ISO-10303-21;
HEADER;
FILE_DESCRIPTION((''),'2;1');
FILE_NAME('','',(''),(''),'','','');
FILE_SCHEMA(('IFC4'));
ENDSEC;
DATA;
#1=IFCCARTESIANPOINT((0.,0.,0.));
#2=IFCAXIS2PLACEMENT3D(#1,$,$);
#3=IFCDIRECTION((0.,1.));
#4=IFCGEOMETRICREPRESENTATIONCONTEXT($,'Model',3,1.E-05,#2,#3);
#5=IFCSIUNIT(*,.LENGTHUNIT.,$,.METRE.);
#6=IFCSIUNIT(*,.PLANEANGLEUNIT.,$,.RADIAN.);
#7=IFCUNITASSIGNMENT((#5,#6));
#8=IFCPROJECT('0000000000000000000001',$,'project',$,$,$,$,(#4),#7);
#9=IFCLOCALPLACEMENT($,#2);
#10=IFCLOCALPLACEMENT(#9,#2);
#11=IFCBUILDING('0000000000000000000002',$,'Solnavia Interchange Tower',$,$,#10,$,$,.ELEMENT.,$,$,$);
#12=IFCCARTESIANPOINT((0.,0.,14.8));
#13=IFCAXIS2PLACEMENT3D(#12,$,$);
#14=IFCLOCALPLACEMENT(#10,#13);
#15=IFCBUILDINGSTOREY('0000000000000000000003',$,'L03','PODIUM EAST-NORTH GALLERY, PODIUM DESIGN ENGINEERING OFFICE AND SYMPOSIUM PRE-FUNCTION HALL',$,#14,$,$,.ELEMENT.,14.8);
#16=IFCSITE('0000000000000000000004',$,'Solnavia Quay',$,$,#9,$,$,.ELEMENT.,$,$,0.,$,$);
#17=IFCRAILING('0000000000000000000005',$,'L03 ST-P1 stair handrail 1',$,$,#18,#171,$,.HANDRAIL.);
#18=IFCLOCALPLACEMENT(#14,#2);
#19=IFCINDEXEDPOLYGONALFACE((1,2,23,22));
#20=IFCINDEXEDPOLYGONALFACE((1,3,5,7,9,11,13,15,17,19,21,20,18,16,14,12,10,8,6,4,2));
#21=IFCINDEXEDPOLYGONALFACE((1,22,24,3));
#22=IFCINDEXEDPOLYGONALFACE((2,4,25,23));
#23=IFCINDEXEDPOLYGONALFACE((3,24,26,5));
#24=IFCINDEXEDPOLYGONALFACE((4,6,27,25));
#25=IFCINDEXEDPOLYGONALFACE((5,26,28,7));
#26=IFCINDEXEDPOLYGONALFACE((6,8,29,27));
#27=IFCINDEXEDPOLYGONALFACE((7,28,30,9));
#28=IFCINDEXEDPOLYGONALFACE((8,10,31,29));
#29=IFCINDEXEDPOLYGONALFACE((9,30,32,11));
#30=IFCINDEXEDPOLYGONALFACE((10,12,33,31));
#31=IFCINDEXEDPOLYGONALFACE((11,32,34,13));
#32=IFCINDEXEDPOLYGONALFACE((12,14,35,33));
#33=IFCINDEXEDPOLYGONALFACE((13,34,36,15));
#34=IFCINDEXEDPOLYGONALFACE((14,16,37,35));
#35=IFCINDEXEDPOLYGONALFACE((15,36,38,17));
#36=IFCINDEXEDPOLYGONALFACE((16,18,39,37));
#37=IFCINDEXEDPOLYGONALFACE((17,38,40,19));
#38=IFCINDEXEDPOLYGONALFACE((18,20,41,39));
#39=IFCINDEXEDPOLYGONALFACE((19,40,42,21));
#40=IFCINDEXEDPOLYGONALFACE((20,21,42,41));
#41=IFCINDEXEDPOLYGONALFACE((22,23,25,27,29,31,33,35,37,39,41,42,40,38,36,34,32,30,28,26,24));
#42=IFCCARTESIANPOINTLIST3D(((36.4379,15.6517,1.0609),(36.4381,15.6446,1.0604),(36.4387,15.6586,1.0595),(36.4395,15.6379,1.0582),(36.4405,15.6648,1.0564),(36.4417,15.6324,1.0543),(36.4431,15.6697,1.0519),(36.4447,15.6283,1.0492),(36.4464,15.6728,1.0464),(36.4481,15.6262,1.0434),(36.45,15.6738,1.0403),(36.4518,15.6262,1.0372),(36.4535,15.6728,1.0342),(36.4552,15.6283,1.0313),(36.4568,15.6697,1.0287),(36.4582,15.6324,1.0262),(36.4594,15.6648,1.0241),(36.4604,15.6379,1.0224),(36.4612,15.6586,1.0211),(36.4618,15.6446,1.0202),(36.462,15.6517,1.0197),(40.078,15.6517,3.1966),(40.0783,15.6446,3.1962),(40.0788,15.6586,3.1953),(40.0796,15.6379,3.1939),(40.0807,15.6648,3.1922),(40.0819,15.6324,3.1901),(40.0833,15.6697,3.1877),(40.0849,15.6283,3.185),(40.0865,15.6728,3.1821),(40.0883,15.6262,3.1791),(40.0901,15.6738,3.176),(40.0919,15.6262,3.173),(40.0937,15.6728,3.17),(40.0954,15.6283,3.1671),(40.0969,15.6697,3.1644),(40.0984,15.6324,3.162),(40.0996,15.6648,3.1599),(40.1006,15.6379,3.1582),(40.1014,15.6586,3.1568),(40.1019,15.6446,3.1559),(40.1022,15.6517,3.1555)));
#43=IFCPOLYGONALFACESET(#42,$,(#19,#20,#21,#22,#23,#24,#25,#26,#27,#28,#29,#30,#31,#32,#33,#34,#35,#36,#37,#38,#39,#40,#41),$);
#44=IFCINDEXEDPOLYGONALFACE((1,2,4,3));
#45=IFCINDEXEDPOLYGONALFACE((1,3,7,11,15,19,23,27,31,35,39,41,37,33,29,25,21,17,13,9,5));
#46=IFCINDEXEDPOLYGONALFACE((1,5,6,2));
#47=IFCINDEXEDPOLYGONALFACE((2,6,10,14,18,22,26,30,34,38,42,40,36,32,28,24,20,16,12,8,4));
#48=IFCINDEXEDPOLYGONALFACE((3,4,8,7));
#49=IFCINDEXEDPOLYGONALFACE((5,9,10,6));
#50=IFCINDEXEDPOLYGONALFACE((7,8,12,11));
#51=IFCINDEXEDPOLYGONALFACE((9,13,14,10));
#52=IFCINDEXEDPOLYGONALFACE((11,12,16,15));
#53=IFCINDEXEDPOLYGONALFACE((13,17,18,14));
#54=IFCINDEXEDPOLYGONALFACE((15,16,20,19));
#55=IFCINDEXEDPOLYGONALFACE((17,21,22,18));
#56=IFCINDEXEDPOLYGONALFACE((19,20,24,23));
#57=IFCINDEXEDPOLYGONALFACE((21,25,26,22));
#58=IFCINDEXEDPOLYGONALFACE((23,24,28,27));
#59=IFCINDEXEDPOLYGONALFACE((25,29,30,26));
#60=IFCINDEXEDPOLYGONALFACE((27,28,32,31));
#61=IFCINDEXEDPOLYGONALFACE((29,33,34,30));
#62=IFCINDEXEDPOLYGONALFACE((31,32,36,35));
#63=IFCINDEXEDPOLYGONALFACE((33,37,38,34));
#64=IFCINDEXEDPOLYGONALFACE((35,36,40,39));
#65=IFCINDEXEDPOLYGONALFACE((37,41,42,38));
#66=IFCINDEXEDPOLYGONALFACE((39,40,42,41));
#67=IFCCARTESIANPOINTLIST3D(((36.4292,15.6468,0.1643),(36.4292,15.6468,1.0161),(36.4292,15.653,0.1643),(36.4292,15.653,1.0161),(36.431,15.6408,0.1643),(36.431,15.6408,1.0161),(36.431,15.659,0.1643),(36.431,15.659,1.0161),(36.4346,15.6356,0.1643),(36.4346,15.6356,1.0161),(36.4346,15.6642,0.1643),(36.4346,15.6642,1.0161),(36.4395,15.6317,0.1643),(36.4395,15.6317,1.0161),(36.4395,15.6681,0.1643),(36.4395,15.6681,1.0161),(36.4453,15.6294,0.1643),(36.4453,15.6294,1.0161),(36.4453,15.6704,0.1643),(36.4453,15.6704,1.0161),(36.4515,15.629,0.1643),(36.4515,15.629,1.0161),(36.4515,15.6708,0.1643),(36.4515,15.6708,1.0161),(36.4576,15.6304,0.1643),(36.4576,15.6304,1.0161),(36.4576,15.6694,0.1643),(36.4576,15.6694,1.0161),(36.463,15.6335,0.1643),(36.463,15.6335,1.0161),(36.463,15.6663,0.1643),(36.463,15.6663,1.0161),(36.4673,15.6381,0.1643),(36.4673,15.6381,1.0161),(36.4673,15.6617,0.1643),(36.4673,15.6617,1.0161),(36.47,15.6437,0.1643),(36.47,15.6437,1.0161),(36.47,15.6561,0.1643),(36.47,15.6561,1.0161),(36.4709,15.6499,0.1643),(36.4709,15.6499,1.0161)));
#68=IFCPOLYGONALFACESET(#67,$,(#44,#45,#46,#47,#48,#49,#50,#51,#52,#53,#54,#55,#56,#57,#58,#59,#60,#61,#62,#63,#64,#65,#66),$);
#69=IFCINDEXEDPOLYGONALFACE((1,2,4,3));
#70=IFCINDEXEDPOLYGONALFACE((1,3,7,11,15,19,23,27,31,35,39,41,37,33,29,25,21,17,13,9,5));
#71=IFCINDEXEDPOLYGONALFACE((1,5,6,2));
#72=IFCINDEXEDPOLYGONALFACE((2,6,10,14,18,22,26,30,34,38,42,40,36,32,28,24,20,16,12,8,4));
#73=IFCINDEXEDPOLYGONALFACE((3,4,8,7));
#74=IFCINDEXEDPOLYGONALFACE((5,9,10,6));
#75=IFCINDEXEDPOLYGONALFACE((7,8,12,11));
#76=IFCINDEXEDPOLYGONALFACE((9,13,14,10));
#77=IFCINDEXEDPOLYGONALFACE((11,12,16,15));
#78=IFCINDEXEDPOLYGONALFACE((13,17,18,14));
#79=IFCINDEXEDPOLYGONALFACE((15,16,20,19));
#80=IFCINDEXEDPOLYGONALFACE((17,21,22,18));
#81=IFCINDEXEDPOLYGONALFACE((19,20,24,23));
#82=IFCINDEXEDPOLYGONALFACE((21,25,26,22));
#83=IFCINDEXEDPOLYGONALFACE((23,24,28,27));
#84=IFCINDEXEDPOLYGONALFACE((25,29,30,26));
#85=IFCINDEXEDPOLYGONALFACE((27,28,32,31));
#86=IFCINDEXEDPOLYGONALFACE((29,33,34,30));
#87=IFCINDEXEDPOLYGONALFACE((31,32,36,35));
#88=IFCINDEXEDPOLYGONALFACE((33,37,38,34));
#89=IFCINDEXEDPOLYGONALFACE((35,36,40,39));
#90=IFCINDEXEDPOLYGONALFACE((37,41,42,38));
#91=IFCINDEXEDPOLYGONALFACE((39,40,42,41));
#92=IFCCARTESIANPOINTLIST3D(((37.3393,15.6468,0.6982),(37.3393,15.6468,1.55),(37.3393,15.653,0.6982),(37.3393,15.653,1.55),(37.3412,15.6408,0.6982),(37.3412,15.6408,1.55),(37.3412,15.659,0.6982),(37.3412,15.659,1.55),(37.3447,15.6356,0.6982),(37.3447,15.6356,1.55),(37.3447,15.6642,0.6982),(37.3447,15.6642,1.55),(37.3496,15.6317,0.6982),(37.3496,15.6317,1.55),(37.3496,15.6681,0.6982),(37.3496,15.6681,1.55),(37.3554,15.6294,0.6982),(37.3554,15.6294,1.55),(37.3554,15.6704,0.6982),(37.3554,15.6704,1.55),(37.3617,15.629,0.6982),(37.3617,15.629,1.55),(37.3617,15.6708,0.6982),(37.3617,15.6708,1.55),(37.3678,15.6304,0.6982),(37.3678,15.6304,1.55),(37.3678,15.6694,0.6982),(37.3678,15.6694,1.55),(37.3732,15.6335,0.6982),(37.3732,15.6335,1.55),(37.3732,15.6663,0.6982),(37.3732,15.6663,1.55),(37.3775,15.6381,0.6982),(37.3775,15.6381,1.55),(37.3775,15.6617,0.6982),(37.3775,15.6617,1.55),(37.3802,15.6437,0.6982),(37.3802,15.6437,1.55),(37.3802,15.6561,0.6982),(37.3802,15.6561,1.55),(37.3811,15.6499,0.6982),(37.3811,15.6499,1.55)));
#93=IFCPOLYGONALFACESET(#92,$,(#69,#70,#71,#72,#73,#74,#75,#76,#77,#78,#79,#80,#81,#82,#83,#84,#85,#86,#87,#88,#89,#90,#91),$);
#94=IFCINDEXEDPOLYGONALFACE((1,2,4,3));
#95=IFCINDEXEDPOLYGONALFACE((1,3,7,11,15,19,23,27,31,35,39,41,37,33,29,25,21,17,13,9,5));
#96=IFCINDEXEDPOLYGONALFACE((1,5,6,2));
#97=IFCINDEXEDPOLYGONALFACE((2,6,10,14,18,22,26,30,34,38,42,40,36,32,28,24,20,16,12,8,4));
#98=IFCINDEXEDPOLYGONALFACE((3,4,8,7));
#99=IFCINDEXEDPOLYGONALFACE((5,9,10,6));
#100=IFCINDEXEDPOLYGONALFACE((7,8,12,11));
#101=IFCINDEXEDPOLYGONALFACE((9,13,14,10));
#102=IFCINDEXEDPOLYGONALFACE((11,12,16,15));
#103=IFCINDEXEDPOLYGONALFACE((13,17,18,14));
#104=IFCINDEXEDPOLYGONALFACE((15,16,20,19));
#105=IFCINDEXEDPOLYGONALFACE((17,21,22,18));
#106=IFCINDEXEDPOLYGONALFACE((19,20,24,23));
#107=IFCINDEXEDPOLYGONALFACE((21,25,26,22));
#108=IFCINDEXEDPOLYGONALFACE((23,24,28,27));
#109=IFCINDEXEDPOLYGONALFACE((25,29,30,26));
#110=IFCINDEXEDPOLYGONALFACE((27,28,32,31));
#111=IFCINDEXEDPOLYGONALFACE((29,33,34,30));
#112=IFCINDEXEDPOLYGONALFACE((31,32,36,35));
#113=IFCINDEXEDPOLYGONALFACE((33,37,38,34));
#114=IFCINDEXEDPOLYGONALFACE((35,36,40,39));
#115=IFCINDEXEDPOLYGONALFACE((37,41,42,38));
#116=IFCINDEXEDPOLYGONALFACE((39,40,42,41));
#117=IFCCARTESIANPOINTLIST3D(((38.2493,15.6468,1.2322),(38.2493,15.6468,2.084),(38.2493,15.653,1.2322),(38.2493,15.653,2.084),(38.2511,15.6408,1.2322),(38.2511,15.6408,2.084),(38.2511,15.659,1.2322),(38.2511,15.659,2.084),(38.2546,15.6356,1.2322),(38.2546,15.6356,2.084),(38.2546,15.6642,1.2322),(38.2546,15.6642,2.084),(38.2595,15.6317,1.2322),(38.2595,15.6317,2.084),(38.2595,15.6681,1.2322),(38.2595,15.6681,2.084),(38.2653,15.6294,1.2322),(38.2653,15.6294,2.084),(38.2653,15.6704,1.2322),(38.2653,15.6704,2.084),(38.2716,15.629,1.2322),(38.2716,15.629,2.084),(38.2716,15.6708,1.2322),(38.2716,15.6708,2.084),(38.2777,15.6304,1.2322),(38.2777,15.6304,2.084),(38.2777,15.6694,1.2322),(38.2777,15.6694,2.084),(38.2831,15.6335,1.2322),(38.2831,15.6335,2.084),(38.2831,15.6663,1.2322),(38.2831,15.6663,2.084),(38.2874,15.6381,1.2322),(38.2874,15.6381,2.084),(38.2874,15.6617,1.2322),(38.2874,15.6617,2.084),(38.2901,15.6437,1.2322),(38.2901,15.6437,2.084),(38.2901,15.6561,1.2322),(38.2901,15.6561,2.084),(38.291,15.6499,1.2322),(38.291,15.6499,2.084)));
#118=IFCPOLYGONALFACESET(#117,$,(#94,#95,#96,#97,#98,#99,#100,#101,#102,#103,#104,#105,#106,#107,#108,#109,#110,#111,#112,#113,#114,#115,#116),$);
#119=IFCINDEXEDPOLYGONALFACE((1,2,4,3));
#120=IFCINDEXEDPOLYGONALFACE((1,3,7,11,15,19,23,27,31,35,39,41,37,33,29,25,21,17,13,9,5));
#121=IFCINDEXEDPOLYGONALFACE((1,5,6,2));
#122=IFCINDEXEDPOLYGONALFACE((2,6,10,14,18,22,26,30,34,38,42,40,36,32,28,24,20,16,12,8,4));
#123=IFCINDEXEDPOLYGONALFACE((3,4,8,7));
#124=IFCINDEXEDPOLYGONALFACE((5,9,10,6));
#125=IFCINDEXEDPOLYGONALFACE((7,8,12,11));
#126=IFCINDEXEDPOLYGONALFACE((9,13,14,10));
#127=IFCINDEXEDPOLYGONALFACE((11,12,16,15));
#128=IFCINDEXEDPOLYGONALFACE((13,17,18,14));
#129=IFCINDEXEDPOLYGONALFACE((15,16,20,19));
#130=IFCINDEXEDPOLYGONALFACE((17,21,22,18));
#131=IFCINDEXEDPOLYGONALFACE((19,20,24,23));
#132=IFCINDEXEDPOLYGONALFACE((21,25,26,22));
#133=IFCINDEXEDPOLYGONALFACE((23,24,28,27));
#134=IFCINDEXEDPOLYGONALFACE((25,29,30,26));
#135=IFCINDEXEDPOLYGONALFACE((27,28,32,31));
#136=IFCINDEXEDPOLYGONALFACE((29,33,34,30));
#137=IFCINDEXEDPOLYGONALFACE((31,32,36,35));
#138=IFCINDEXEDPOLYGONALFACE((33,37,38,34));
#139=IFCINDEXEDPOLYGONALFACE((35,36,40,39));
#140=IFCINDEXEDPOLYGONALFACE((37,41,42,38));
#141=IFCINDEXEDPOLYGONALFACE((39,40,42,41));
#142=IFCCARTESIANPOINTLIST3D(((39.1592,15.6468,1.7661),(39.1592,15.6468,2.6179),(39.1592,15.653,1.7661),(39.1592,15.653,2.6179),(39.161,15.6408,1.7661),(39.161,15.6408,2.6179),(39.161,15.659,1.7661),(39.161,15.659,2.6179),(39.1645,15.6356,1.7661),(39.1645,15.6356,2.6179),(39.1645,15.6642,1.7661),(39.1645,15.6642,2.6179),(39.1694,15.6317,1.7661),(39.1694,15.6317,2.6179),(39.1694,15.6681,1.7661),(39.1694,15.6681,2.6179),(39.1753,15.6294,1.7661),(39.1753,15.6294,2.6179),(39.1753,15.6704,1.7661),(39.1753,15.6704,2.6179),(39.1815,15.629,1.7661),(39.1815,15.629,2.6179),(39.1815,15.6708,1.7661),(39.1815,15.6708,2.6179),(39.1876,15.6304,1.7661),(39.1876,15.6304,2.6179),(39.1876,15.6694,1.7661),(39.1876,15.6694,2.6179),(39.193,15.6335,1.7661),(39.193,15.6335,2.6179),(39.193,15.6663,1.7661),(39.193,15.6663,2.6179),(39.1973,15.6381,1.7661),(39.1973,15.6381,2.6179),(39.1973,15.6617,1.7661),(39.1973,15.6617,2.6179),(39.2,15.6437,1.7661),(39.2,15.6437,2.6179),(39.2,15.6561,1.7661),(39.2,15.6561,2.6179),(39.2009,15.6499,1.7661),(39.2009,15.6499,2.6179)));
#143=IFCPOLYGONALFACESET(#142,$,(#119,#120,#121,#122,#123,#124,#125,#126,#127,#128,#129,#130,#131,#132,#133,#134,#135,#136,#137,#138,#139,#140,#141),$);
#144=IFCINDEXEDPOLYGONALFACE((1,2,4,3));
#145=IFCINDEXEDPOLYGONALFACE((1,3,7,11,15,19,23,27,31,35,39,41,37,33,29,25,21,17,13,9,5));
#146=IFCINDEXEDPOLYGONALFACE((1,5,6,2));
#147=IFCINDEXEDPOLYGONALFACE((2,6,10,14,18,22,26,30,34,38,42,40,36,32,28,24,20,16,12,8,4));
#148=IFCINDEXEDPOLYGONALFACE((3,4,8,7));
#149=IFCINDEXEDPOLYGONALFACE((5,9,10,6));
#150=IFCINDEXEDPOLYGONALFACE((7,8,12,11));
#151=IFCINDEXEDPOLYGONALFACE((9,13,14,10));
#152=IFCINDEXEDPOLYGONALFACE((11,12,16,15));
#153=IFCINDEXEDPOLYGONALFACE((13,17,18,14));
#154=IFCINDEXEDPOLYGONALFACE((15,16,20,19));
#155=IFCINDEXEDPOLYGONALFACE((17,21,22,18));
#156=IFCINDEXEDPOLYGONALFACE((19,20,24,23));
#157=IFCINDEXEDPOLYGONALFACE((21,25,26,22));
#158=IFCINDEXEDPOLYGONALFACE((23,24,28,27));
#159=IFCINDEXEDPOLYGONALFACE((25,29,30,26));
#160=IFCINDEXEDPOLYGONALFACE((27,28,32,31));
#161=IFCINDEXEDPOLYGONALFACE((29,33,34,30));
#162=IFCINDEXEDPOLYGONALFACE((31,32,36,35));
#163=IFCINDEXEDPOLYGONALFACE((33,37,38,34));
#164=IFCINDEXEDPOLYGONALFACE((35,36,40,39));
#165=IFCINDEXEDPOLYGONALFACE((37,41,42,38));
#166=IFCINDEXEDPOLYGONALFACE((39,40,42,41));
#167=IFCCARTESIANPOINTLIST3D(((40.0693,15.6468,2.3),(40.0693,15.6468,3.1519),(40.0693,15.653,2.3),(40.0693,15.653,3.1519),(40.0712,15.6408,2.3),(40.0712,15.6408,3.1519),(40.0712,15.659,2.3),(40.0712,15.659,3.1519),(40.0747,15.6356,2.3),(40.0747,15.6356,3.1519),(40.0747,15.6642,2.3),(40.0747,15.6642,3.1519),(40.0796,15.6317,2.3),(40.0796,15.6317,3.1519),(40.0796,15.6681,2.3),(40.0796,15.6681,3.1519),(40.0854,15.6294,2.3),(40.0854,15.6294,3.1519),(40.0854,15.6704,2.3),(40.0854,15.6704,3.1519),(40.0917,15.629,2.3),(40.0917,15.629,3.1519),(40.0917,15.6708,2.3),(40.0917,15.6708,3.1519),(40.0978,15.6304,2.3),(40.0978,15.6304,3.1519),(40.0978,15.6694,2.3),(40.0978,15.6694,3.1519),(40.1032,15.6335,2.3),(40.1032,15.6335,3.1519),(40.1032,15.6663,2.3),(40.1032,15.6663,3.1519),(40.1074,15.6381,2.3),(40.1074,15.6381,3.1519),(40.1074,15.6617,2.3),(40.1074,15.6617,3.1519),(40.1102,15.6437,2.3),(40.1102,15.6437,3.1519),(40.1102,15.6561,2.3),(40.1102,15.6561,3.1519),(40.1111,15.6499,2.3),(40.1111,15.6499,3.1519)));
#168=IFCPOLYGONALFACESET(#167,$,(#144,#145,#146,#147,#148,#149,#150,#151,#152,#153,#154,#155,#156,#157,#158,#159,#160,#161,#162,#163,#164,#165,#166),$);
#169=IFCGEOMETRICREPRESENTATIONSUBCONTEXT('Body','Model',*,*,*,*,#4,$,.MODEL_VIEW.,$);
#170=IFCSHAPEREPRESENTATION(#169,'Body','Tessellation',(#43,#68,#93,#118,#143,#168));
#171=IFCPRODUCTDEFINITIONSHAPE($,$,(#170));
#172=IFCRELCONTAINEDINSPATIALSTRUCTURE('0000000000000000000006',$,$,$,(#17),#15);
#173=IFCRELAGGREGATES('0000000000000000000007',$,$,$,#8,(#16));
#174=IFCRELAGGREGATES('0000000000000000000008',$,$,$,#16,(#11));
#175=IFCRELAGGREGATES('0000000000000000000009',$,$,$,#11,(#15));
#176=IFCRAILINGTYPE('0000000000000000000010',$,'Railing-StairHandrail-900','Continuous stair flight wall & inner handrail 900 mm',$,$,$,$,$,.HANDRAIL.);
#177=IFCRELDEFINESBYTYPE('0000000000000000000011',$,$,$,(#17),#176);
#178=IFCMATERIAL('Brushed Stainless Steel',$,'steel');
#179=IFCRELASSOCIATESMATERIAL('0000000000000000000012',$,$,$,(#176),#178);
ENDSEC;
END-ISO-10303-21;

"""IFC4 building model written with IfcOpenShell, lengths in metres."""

from ifc_helpers import new_model, si_unit, direction, frame, origin, origin_2d, place, context, subcontext, project, spatial, circle, extrude, material, type_object, element, save


model = new_model("IFC4")

# Units and contexts
model_context = context("Model", 3, precision=1e-05, world=origin(), true_north=direction((0.0, 1.0)))
body_context = subcontext(model_context, "Body", "Model", "MODEL_VIEW")
ifc_project = project(units=[si_unit("LENGTHUNIT", "METRE"), si_unit("PLANEANGLEUNIT", "RADIAN")], contexts=[model_context])

# Site, building, storey
site_placement = place(None, origin())
site = spatial("IfcSite", under=ifc_project, at=site_placement, Name="Solnavia Quay", CompositionType="ELEMENT", RefElevation=0.0)
building_placement = place(site_placement, origin())
building = spatial("IfcBuilding", under=site, at=building_placement, Name="Solnavia Interchange Tower", CompositionType="ELEMENT")
storey_placement = place(building_placement, frame((0.0, 0.0, 14.8)))
storey = spatial("IfcBuildingStorey", under=building, at=storey_placement, Name="L03", Description="PODIUM EAST-NORTH GALLERY, PODIUM DESIGN ENGINEERING OFFICE AND SYMPOSIUM PRE-FUNCTION HALL", CompositionType="ELEMENT", Elevation=14.8)

# Railing
ifc_material_1 = material(Name="Brushed Stainless Steel", Category="steel")
railing_type_1 = type_object("IfcRailingType", Name="Railing-StairHandrail-900", Description="Continuous stair flight wall & inner handrail 900 mm", PredefinedType="HANDRAIL", material=ifc_material_1)
railing_1_placement = place(storey_placement, frame((36.45, 15.6499, 0.1643)))
element("IfcRailing", 1, at=railing_1_placement, inside=storey, type_object=railing_type_1, Name="L03 ST-P1 stair handrail 1", PredefinedType="HANDRAIL", context=body_context, shape_type="SweptSolid", body=[
    extrude(circle(Radius=0.0239, at=origin_2d()), frame((0.0, 0.0, 0.876), z_axis=(0.862505, 0.0, 0.506049), x_axis=(0.0, 1.0, 0.0)), (0.0, 0.0, 1.0), 4.2205),
    extrude(circle(Radius=0.021, at=origin_2d()), origin(), (0.0, 0.0, 1.0), 0.8518),
    extrude(circle(Radius=0.021, at=origin_2d()), frame((0.9102, 0.0, 0.5339)), (0.0, 0.0, 1.0), 0.8518),
    extrude(circle(Radius=0.021, at=origin_2d()), frame((1.8201, 0.0, 1.0679)), (0.0, 0.0, 1.0), 0.8518),
    extrude(circle(Radius=0.021, at=origin_2d()), frame((2.73, 0.0, 1.6018)), (0.0, 0.0, 1.0), 0.8518),
    extrude(circle(Radius=0.021, at=origin_2d()), frame((3.6401, 0.0, 2.1357)), (0.0, 0.0, 1.0), 0.8518),
])

save(model, "model.ifc")
